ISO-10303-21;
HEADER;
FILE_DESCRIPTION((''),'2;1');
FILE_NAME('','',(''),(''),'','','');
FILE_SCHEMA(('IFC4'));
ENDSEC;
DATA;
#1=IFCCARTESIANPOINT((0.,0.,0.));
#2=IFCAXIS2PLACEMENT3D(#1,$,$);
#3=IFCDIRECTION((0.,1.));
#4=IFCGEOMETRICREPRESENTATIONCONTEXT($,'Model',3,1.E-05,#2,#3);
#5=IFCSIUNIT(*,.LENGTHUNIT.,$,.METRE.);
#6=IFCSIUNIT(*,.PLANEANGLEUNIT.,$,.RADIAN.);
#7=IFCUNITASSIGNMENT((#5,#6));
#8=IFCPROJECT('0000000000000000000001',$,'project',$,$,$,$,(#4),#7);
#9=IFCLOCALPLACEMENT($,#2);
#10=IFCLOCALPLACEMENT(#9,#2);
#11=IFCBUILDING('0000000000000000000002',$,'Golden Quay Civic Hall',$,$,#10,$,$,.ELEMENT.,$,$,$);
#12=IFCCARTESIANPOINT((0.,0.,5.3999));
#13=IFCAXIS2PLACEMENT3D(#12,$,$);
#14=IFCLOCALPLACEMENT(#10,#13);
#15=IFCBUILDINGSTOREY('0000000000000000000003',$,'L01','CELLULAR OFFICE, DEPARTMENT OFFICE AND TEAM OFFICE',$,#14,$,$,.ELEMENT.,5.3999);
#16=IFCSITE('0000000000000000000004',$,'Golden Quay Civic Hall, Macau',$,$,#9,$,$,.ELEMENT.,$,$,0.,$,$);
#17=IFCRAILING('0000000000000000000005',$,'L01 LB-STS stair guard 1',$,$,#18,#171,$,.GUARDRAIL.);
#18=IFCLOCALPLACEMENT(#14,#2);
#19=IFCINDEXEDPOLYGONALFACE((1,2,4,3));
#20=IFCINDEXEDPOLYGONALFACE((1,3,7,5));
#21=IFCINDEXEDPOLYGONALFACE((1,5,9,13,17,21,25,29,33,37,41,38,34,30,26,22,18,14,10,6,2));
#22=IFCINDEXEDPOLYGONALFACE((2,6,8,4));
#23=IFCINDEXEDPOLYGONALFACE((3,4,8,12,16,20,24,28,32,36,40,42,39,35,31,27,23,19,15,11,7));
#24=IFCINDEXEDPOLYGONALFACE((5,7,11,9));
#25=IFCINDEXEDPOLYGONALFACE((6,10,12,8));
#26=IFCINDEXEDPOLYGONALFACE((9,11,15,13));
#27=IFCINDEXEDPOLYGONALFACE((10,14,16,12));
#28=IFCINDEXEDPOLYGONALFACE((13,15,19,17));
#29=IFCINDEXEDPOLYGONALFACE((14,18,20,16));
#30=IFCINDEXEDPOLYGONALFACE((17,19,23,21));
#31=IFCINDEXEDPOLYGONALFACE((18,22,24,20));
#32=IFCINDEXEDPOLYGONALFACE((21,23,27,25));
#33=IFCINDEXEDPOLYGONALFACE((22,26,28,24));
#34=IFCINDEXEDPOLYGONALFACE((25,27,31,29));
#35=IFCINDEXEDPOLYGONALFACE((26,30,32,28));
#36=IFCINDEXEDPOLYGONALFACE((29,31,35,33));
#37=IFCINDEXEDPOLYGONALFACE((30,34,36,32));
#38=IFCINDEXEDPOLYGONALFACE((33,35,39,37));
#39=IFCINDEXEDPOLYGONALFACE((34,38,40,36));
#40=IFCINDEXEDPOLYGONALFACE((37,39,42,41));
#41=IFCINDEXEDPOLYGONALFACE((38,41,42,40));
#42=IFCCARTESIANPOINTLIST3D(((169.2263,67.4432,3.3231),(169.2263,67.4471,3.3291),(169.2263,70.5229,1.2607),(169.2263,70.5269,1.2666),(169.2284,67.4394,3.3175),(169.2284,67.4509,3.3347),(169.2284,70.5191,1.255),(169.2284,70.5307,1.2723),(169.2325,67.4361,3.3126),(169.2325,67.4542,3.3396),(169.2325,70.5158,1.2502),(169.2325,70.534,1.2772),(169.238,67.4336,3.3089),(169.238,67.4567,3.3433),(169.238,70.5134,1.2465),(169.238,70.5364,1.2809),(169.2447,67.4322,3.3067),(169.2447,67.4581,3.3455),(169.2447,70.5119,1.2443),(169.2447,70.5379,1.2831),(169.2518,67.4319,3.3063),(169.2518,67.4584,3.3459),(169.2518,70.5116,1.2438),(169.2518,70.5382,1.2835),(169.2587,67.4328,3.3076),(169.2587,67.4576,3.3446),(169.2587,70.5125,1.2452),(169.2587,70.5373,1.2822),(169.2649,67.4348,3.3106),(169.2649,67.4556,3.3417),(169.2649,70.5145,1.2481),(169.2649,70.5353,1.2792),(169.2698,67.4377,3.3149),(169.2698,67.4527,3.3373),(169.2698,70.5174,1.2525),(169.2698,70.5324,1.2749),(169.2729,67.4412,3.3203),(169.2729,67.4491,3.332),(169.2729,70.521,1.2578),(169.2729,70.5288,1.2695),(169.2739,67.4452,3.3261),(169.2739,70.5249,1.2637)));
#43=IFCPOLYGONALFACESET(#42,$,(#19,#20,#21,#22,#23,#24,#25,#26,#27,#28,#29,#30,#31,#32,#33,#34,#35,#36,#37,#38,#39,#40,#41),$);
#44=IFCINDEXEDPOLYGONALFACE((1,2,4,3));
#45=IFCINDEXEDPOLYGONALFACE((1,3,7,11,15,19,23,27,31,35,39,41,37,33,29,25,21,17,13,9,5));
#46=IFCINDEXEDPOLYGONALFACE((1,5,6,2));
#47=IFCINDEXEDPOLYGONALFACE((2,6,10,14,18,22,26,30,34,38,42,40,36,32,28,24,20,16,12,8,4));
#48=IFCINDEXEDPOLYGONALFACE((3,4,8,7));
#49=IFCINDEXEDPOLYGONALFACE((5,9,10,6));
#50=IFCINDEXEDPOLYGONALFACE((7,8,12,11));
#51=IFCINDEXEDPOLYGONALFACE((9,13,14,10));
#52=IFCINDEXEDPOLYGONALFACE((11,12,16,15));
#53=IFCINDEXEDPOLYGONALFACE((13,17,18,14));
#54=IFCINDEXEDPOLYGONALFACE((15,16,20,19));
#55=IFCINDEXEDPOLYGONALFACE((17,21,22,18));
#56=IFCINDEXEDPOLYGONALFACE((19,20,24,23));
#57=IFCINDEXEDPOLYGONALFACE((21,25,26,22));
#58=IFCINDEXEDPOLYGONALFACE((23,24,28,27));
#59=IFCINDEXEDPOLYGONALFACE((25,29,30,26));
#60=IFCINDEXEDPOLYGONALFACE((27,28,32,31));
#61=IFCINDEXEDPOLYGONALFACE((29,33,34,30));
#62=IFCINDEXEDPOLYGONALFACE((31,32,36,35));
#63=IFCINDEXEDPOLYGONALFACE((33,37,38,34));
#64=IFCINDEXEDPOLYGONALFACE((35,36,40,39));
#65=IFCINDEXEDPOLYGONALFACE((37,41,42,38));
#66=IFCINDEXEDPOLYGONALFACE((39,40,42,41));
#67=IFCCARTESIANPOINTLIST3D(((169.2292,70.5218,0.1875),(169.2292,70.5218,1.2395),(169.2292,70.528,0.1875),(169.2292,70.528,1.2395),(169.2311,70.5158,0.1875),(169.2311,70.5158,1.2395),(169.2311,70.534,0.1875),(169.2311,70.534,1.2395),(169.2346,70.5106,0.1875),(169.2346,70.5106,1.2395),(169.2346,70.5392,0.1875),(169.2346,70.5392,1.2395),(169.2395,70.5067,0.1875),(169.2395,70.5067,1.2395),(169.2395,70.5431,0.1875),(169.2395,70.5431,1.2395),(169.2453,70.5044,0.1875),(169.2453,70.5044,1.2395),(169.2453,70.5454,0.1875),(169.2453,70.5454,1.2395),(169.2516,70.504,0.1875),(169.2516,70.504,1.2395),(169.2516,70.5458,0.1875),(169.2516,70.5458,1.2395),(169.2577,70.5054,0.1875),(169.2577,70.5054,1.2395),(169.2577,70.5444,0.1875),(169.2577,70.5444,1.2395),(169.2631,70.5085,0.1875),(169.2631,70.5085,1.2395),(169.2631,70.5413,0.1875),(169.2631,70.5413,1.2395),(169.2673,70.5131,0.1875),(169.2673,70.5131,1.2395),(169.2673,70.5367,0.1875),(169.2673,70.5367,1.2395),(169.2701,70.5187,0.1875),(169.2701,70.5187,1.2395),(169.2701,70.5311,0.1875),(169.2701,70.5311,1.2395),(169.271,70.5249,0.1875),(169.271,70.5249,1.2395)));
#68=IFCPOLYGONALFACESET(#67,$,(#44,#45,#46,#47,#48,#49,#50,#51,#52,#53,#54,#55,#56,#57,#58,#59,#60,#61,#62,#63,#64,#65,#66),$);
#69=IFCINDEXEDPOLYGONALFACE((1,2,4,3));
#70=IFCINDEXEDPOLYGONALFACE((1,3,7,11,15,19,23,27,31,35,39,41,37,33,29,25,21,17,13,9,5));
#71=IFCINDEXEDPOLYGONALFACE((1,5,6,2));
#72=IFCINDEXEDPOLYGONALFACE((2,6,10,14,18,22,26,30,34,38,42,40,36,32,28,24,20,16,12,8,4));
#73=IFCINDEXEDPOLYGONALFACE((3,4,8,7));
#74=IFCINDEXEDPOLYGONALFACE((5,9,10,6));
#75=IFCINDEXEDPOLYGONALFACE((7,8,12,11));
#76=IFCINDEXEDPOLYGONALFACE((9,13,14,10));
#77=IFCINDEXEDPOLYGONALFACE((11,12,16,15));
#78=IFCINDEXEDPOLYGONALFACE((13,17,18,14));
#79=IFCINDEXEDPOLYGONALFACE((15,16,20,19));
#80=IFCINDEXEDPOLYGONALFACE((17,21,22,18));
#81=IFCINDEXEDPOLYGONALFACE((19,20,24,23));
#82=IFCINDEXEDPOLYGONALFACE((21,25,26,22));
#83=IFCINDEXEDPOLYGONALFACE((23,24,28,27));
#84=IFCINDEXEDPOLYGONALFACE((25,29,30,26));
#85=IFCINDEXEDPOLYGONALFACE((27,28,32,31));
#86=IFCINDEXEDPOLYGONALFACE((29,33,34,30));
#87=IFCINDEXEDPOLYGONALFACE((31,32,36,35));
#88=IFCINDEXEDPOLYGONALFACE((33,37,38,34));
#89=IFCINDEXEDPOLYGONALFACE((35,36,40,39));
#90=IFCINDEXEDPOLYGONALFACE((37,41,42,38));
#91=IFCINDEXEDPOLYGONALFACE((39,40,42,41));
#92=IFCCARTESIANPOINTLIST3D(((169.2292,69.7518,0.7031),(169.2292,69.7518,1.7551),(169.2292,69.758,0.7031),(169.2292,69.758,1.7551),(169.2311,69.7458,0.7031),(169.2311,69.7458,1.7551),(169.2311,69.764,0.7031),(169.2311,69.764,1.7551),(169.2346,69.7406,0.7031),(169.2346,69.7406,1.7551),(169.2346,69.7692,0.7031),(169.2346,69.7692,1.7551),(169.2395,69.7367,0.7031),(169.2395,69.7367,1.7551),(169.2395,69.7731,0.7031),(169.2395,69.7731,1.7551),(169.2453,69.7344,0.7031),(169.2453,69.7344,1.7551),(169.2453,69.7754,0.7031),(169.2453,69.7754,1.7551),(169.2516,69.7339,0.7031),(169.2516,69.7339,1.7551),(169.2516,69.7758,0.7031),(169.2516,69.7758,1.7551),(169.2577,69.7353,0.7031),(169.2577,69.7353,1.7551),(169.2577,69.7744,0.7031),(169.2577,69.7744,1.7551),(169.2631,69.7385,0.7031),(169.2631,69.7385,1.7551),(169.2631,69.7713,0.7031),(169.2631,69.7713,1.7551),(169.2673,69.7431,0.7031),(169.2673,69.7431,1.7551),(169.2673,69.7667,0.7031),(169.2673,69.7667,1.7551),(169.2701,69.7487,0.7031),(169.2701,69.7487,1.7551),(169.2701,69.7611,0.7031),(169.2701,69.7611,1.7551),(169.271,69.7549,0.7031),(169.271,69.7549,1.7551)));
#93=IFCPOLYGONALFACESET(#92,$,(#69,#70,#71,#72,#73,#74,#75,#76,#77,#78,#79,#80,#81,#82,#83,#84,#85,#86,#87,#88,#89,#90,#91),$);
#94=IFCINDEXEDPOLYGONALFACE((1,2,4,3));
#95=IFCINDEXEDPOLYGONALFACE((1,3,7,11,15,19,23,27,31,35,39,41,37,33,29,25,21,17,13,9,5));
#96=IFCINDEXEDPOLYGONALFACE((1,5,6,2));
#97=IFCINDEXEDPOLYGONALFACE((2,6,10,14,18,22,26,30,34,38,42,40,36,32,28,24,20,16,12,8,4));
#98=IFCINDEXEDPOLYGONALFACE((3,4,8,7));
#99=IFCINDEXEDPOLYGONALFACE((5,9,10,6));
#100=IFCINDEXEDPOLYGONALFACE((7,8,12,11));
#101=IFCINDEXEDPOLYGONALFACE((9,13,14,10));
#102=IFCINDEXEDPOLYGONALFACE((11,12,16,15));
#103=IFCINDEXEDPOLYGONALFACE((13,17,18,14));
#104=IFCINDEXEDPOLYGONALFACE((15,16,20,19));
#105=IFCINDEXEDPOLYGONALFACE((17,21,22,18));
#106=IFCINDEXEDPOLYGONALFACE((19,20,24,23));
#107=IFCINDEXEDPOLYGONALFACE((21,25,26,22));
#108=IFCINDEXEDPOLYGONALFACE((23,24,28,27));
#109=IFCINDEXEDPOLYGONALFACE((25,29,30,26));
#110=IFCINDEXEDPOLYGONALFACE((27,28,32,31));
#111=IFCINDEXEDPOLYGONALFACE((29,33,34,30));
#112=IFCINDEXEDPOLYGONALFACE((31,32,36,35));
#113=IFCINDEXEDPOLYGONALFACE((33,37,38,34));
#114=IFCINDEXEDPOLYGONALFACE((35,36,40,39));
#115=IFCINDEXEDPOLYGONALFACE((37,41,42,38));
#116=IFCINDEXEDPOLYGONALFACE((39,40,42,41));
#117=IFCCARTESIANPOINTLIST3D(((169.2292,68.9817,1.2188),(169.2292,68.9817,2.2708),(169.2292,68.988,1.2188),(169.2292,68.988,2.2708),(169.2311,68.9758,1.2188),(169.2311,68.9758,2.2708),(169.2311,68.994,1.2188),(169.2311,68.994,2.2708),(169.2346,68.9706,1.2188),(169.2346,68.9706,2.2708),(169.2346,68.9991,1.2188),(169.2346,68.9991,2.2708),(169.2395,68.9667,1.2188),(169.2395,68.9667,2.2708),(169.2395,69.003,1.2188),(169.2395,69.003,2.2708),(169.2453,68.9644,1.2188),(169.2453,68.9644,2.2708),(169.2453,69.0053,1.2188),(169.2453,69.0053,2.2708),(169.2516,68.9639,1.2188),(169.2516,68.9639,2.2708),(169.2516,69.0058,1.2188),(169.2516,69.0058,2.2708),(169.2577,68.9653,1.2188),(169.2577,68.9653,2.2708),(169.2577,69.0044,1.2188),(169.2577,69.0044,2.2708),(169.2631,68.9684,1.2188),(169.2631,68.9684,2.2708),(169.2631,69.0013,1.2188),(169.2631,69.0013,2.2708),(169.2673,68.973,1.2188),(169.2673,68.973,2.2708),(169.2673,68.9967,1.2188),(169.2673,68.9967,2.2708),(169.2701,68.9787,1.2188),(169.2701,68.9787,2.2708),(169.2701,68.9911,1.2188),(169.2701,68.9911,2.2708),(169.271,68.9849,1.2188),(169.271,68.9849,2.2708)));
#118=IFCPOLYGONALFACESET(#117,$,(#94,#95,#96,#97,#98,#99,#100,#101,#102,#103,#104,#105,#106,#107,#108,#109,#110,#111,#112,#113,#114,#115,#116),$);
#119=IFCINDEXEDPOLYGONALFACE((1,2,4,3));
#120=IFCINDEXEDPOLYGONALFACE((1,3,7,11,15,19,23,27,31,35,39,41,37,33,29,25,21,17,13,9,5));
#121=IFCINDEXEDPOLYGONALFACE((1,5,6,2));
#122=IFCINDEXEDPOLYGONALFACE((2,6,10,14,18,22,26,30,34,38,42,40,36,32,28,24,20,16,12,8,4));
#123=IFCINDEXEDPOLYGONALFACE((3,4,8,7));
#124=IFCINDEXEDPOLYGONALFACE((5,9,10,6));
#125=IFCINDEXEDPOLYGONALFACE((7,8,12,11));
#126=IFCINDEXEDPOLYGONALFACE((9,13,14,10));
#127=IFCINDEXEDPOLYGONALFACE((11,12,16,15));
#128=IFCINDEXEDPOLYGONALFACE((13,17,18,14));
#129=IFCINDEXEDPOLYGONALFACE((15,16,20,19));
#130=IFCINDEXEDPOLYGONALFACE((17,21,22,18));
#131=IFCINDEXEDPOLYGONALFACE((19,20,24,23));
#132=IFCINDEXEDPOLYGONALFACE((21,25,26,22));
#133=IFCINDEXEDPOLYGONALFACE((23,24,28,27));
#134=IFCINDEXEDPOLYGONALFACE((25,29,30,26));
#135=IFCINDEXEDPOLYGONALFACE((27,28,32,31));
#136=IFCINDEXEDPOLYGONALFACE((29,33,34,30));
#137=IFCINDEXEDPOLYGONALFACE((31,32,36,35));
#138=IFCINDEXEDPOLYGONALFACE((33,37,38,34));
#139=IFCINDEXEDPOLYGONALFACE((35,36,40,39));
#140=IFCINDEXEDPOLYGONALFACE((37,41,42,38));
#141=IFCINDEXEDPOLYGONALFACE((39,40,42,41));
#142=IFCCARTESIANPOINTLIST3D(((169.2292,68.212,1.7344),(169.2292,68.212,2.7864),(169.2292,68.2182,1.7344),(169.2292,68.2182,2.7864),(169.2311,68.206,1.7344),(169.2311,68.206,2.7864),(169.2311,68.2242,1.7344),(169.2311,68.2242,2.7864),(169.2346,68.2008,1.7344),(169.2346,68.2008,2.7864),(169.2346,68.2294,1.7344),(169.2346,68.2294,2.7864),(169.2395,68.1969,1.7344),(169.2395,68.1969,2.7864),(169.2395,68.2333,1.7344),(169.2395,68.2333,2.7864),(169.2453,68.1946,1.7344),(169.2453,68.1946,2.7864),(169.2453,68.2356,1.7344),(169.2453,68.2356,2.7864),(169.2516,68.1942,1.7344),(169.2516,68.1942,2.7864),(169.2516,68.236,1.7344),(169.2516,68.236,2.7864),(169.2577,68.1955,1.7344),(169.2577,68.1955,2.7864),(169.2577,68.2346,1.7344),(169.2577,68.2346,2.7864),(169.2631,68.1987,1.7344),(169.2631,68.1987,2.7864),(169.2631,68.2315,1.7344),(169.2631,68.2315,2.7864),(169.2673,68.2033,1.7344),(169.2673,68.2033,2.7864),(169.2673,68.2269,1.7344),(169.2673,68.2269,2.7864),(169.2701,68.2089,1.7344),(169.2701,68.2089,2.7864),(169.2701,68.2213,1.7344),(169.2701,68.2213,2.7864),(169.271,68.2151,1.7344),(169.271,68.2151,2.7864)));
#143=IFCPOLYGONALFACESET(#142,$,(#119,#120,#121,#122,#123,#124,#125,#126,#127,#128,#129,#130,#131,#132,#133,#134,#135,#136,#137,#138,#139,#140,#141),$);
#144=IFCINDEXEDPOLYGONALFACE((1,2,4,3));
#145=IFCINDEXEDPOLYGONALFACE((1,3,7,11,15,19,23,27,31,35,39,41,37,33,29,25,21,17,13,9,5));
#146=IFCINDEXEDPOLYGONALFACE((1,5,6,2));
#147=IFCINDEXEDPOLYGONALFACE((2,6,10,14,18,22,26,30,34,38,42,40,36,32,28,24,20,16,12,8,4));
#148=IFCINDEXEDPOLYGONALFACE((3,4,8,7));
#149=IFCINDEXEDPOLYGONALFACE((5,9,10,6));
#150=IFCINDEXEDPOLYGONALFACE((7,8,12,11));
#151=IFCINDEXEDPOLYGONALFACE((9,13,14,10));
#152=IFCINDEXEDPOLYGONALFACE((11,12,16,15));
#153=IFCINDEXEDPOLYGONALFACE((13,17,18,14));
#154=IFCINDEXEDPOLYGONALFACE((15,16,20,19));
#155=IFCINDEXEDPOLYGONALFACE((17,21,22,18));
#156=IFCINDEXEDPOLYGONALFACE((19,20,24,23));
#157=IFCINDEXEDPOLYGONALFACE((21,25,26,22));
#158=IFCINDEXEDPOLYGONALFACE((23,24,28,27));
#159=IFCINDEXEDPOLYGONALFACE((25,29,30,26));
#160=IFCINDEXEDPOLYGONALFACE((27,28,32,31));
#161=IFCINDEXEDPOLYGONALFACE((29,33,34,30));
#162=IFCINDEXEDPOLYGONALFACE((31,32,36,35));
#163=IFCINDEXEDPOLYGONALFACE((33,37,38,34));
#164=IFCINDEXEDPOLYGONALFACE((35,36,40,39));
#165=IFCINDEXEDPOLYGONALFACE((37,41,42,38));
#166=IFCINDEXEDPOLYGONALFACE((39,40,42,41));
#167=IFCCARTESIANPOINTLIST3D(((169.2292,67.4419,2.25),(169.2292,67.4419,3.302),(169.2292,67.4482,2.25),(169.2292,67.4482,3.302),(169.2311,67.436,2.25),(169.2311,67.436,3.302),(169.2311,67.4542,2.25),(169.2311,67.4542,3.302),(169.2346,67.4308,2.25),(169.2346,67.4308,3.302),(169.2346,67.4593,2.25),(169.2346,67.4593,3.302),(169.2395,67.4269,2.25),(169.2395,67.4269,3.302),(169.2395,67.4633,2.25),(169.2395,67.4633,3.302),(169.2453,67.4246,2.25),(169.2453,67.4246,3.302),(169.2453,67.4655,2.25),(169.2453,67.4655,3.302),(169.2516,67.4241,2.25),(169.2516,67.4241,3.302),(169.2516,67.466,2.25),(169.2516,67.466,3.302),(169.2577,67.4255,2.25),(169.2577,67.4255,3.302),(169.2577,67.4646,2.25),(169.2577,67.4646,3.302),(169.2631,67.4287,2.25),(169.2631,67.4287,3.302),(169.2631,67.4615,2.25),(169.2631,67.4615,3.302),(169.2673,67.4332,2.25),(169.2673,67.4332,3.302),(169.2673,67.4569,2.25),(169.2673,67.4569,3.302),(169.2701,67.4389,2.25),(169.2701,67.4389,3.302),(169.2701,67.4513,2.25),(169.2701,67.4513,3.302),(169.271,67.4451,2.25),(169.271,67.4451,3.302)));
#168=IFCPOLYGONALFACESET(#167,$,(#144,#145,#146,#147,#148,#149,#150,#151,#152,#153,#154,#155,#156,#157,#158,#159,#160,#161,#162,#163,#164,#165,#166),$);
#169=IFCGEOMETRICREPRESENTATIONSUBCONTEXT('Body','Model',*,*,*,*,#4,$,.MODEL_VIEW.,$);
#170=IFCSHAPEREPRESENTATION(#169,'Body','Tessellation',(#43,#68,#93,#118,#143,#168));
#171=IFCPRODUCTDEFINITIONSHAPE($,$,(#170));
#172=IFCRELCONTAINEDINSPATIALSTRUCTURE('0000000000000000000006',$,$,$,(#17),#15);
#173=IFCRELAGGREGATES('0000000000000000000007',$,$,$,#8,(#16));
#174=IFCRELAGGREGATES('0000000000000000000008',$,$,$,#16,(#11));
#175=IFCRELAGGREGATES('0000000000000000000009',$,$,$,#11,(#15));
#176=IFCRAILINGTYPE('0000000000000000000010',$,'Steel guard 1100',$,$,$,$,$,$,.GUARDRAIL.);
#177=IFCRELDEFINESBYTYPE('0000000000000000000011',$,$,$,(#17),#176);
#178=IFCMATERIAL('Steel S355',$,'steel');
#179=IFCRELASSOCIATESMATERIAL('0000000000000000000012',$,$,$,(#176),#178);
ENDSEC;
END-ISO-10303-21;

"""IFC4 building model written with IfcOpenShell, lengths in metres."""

from ifc_helpers import new_model, si_unit, direction, frame, origin, origin_2d, place, context, subcontext, project, spatial, circle, extrude, material, type_object, element, save


model = new_model("IFC4")

# Units and contexts
model_context = context("Model", 3, precision=1e-05, world=origin(), true_north=direction((0.0, 1.0)))
body_context = subcontext(model_context, "Body", "Model", "MODEL_VIEW")
ifc_project = project(units=[si_unit("LENGTHUNIT", "METRE"), si_unit("PLANEANGLEUNIT", "RADIAN")], contexts=[model_context])

# Site, building, storey
site_placement = place(None, origin())
site = spatial("IfcSite", under=ifc_project, at=site_placement, Name="Golden Quay Civic Hall, Macau", CompositionType="ELEMENT", RefElevation=0.0)
building_placement = place(site_placement, origin())
building = spatial("IfcBuilding", under=site, at=building_placement, Name="Golden Quay Civic Hall", CompositionType="ELEMENT")
storey_placement = place(building_placement, frame((0.0, 0.0, 5.3999)))
storey = spatial("IfcBuildingStorey", under=building, at=storey_placement, Name="L01", Description="CELLULAR OFFICE, DEPARTMENT OFFICE AND TEAM OFFICE", CompositionType="ELEMENT", Elevation=5.3999)

# Railing
ifc_material_1 = material(Name="Steel S355", Category="steel")
railing_type_1 = type_object("IfcRailingType", Name="Steel guard 1100", PredefinedType="GUARDRAIL", material=ifc_material_1)
railing_1_placement = place(storey_placement, frame((169.25, 70.5249, 0.1875)))
element("IfcRailing", 1, at=railing_1_placement, inside=storey, type_object=railing_type_1, Name="L01 LB-STS stair guard 1", PredefinedType="GUARDRAIL", context=body_context, shape_type="SweptSolid", body=[
    extrude(circle(Radius=0.0239, at=origin_2d()), frame((0.0, 0.0, 1.0762), z_axis=(0.0, -0.830893, 0.556432), x_axis=(1.0, 0.0, 0.0)), (0.0, 0.0, 1.0), 3.7065),
    extrude(circle(Radius=0.021, at=origin_2d()), origin(), (0.0, 0.0, 1.0), 1.052),
    extrude(circle(Radius=0.021, at=origin_2d()), frame((0.0, -0.77, 0.5156)), (0.0, 0.0, 1.0), 1.052),
    extrude(circle(Radius=0.021, at=origin_2d()), frame((0.0, -1.54, 1.0312)), (0.0, 0.0, 1.0), 1.052),
    extrude(circle(Radius=0.021, at=origin_2d()), frame((0.0, -2.3098, 1.5469)), (0.0, 0.0, 1.0), 1.052),
    extrude(circle(Radius=0.021, at=origin_2d()), frame((0.0, -3.0798, 2.0625)), (0.0, 0.0, 1.0), 1.052),
])

save(model, "model.ifc")
